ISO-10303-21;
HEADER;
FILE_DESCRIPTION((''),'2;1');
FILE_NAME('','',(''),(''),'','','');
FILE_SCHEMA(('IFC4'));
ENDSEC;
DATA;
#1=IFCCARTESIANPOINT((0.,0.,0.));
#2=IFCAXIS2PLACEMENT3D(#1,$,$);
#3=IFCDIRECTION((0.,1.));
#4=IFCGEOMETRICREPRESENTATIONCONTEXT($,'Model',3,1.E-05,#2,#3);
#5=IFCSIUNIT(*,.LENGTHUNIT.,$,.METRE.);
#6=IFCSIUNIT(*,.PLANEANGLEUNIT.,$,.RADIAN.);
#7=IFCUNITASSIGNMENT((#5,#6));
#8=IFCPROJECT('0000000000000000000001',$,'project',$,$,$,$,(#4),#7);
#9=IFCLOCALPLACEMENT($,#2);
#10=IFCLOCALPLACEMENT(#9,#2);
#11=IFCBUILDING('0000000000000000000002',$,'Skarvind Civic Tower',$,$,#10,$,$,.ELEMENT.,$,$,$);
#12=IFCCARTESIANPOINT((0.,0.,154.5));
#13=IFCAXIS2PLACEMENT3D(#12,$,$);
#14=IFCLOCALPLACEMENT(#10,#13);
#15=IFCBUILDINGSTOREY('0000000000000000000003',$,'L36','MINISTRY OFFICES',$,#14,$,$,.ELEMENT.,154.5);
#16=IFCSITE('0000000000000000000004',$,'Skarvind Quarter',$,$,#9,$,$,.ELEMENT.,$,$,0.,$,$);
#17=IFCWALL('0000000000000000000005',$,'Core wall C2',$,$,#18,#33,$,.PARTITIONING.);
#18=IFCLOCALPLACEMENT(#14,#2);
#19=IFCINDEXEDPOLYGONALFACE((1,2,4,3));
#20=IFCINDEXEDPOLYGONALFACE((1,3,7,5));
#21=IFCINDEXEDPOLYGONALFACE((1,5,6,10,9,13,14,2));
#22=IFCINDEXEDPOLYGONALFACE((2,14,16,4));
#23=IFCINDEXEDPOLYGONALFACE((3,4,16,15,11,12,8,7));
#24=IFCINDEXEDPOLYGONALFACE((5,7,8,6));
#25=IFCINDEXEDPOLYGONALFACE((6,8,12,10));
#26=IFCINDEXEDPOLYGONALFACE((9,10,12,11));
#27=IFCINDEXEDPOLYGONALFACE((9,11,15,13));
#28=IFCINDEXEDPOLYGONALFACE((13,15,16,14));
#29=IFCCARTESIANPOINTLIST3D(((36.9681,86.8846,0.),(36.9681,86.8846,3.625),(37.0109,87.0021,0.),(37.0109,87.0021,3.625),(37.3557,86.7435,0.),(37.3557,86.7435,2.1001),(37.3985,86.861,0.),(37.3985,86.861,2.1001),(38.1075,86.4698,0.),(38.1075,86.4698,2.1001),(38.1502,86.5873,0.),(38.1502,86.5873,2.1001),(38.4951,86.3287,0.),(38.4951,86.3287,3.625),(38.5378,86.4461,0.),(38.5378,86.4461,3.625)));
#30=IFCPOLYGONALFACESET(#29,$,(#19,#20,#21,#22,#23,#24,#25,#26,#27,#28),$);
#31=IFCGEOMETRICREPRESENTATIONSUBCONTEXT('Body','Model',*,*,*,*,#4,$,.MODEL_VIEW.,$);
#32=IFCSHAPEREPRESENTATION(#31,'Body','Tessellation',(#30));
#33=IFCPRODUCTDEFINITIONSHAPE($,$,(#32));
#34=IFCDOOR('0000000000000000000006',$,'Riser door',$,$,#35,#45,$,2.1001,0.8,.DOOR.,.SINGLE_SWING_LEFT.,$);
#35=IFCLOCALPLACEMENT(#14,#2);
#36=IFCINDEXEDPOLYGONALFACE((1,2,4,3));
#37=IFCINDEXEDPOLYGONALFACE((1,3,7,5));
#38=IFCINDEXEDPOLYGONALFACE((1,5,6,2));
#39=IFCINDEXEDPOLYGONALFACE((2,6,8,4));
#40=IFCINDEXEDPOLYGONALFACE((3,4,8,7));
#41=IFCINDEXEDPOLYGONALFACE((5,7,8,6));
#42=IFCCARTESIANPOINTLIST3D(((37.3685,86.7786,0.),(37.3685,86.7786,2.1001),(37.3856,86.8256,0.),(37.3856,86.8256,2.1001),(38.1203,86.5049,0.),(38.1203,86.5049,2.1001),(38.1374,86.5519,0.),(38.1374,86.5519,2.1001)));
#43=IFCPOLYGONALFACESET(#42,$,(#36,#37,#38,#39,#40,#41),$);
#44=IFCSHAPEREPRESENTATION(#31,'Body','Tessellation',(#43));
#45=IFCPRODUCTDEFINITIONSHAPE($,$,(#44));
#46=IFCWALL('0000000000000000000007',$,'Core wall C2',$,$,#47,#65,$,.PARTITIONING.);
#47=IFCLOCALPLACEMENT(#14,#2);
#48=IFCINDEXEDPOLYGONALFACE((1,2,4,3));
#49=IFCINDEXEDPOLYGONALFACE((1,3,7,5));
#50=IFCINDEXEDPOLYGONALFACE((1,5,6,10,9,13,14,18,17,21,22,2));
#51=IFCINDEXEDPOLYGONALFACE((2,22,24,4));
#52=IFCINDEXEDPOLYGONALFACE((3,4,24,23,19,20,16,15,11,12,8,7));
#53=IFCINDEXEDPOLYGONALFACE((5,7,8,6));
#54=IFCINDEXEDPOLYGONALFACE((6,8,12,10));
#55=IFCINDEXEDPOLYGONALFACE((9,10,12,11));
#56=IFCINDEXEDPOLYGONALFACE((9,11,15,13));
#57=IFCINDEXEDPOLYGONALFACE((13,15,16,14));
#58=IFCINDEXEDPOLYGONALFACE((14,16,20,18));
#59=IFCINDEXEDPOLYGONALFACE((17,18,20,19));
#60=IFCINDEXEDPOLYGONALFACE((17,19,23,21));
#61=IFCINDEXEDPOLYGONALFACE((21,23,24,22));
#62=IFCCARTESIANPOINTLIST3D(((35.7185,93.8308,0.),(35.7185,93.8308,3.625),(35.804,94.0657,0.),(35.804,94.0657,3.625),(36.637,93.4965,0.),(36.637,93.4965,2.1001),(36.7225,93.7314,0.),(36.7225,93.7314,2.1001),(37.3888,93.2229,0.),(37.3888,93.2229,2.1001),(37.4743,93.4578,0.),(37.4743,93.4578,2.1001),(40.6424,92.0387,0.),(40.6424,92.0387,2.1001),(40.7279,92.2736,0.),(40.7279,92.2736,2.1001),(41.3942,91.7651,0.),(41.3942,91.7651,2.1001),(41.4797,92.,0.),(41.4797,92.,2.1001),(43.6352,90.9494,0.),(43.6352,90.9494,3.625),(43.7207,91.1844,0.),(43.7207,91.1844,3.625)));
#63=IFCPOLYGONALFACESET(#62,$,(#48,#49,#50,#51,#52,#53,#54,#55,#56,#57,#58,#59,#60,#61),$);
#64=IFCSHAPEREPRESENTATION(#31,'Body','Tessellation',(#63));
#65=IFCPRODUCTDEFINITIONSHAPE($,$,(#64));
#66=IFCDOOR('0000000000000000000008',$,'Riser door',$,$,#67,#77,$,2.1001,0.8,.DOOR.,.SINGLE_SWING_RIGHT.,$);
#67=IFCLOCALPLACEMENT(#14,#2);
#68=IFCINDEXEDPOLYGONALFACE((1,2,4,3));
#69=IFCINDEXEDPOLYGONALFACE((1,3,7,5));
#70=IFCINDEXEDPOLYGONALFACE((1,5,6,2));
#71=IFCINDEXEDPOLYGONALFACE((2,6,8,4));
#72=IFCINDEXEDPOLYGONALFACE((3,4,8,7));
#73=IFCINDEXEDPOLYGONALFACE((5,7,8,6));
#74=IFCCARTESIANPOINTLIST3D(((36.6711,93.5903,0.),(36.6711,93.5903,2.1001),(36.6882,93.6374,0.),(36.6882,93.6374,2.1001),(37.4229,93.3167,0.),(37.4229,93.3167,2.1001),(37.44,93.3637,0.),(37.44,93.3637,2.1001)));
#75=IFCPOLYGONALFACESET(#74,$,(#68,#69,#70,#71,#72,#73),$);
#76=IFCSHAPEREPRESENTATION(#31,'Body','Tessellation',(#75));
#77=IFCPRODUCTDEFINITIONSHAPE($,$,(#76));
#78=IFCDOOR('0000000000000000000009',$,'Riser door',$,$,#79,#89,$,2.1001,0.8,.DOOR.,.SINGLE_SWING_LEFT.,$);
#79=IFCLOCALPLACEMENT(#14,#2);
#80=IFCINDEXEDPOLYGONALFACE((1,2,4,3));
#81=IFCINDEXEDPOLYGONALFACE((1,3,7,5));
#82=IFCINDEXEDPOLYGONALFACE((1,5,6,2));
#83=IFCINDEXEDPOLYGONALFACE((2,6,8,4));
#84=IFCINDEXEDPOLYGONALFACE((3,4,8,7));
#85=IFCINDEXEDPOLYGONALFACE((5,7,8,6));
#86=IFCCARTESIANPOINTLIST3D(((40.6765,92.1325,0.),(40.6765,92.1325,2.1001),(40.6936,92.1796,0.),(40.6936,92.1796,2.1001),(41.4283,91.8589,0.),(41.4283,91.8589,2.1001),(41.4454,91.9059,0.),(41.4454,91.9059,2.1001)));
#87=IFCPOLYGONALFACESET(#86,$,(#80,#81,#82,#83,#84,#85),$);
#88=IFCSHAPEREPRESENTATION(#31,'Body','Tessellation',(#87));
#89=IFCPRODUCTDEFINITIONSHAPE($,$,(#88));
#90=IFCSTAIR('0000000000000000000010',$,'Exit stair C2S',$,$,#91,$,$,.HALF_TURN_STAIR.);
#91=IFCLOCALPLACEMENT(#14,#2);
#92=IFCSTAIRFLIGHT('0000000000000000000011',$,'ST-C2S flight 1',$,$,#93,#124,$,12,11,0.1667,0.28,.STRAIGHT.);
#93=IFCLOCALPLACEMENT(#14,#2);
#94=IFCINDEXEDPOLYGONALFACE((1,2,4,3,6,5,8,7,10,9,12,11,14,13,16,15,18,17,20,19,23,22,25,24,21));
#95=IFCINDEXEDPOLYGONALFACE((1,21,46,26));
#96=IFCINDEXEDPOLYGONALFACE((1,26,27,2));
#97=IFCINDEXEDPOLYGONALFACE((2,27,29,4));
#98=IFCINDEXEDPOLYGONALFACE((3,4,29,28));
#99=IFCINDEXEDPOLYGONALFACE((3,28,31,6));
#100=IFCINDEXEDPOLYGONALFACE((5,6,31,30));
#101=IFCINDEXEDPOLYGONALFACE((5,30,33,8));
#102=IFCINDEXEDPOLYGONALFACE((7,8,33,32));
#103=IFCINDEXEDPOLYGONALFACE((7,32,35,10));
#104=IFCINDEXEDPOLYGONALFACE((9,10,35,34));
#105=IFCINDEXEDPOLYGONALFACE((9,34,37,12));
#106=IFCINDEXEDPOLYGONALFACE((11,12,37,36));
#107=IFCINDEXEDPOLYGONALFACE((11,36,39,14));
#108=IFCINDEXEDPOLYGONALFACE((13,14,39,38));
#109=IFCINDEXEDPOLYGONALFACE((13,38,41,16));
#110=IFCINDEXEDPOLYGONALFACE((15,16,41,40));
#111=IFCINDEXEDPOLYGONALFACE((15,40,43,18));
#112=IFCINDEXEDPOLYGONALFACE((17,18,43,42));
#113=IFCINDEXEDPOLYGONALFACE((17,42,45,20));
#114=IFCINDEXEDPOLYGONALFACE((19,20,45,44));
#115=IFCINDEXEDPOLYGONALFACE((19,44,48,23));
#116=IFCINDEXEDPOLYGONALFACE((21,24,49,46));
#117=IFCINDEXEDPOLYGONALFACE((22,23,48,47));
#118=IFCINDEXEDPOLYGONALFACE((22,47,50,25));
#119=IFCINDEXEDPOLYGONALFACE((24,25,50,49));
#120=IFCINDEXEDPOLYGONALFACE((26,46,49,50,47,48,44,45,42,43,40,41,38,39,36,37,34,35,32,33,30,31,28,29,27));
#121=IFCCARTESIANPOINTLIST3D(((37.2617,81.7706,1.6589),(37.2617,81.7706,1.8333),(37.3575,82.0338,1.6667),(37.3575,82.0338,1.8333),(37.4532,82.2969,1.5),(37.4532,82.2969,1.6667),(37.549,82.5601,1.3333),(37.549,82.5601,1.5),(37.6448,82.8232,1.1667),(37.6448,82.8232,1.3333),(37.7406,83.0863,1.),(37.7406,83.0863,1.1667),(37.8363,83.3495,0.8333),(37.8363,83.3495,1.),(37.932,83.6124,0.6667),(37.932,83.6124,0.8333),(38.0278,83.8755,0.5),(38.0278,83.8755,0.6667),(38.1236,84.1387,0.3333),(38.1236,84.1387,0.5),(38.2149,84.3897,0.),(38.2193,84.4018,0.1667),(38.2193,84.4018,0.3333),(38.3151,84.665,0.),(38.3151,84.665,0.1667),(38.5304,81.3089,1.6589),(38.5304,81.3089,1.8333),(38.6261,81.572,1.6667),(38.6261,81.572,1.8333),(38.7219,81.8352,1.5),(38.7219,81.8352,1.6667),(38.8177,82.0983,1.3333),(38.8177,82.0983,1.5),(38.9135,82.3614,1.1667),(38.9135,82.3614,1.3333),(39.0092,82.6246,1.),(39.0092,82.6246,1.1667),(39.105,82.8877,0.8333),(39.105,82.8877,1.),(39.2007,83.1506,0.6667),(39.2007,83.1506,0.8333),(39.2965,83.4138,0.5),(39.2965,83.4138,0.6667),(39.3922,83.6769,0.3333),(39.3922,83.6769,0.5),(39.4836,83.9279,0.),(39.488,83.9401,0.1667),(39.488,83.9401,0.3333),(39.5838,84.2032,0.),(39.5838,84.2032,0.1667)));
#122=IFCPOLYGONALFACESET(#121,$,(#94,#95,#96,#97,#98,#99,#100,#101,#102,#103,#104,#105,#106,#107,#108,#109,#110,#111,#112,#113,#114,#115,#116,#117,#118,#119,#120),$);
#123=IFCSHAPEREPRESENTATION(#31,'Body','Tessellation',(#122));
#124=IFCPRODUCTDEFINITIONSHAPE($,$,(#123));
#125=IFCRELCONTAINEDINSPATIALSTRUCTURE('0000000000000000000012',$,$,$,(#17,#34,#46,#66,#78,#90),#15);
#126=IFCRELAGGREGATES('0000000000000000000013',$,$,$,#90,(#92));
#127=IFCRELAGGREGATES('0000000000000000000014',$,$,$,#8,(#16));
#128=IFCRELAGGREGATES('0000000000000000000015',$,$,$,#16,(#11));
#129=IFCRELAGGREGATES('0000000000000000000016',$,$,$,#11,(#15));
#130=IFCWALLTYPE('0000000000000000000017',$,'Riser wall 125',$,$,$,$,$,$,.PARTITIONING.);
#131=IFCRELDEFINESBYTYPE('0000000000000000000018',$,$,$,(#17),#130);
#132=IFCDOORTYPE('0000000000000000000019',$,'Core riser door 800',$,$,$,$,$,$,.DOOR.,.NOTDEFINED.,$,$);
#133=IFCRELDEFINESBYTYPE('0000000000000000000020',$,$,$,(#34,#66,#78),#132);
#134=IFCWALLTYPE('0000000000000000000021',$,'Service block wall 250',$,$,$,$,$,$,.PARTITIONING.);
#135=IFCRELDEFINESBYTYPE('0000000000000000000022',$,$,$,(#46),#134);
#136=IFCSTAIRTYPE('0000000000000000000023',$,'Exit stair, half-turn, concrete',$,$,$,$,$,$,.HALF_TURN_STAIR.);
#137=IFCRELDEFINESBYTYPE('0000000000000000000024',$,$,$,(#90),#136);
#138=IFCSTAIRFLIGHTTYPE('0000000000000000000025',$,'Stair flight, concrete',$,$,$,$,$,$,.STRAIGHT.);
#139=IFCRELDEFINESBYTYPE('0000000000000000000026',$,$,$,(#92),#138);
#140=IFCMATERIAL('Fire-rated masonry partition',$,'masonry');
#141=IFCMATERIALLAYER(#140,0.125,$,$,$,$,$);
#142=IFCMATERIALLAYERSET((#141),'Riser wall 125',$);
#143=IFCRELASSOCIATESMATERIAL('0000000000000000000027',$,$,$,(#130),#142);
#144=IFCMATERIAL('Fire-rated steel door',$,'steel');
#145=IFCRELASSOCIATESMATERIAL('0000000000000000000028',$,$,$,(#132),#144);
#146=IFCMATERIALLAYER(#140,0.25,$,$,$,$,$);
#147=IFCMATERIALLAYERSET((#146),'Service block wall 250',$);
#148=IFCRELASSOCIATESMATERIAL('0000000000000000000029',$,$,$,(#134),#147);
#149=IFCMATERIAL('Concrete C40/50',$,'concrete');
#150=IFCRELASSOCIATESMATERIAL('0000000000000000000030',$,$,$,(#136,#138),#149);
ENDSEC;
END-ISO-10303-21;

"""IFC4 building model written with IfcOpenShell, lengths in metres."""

from ifc_helpers import new_model, si_unit, direction, frame, frame_2d, origin, place, context, subcontext, project, spatial, polyline, rectangle, outline, extrude, material, layer, layer_set, type_object, element, fill, aggregate, save


model = new_model("IFC4")

# Units and contexts
model_context = context("Model", 3, precision=1e-05, world=origin(), true_north=direction((0.0, 1.0)))
body_context = subcontext(model_context, "Body", "Model", "MODEL_VIEW")
ifc_project = project(units=[si_unit("LENGTHUNIT", "METRE"), si_unit("PLANEANGLEUNIT", "RADIAN")], contexts=[model_context])

# Site, building, storey
site_placement = place(None, origin())
site = spatial("IfcSite", under=ifc_project, at=site_placement, Name="Skarvind Quarter", CompositionType="ELEMENT", RefElevation=0.0)
building_placement = place(site_placement, origin())
building = spatial("IfcBuilding", under=site, at=building_placement, Name="Skarvind Civic Tower", CompositionType="ELEMENT")
storey_placement = place(building_placement, frame((0.0, 0.0, 154.5)))
storey = spatial("IfcBuildingStorey", under=building, at=storey_placement, Name="L36", Description="MINISTRY OFFICES", CompositionType="ELEMENT", Elevation=154.5)

# Shared definitions
ifc_material_1 = material(Name="Fire-rated masonry partition", Category="masonry")
ifc_material_2 = material(Name="Fire-rated steel door", Category="steel")

# Wall, opening, door
ifc_layer_1 = layer(ifc_material_1, 0.125)
ifc_layer_set_1 = layer_set([ifc_layer_1], Name="Riser wall 125")
wall_type_1 = type_object("IfcWallType", Name="Riser wall 125", PredefinedType="PARTITIONING", material=ifc_layer_set_1)
wall_1_placement = place(storey_placement, frame((36.9895, 86.9434, 0.0), z_axis=(0.0, 0.0, 1.0), x_axis=(0.939657, -0.342117, 0.0)))
wall_1 = element("IfcWall", 1, at=wall_1_placement, inside=storey, type_object=wall_type_1, Name="Core wall C2", PredefinedType="PARTITIONING", context=body_context, shape_type="SweptSolid", body=[
    extrude(rectangle(XDim=1.625, YDim=0.125, at=frame_2d((0.8125, 0.0))), origin(), (0.0, 0.0, 1.0), 3.625),
])
opening_1_placement = place(wall_1_placement, frame((0.4126, 0.0, 0.0)))
opening_1 = element("IfcOpeningElement", 2, at=opening_1_placement, cuts=wall_1, PredefinedType="OPENING", context=body_context, shape_type="SweptSolid", body=[
    extrude(rectangle(XDim=0.8, YDim=2.1001, at=frame_2d((0.3999, 1.05))), frame((0.0, 0.0725, 0.0), z_axis=(0.0, -1.0, 0.0), x_axis=(1.0, 0.0, 0.0)), (0.0, 0.0, 1.0), 0.145),
])
door_type_1 = type_object("IfcDoorType", Name="Core riser door 800", OperationType="NOTDEFINED", PredefinedType="DOOR", material=ifc_material_2)
door_1_placement = place(opening_1_placement, origin())
door_1 = element("IfcDoor", 3, at=door_1_placement, inside=storey, type_object=door_type_1, Name="Riser door", OperationType="SINGLE_SWING_LEFT", OverallHeight=2.1001, OverallWidth=0.8, PredefinedType="DOOR", context=body_context, shape_type="SweptSolid", body=[
    extrude(rectangle(XDim=0.8, YDim=2.1001, at=frame_2d((0.3999, 1.05))), frame((0.0, 0.0249, 0.0), z_axis=(0.0, -1.0, 0.0), x_axis=(1.0, 0.0, 0.0)), (0.0, 0.0, 1.0), 0.05),
])
fill(opening_1, door_1)

# Wall, openings, doors
ifc_layer_2 = layer(ifc_material_1, 0.25)
ifc_layer_set_2 = layer_set([ifc_layer_2], Name="Service block wall 250")
wall_type_2 = type_object("IfcWallType", Name="Service block wall 250", PredefinedType="PARTITIONING", material=ifc_layer_set_2)
wall_2_placement = place(storey_placement, frame((35.7612, 93.9482, 0.0), z_axis=(0.0, 0.0, 1.0), x_axis=(0.939697, -0.342008, 0.0)))
wall_2 = element("IfcWall", 4, at=wall_2_placement, inside=storey, type_object=wall_type_2, Name="Core wall C2", PredefinedType="PARTITIONING", context=body_context, shape_type="SweptSolid", body=[
    extrude(rectangle(XDim=8.4248, YDim=0.25, at=frame_2d((4.2124, 0.0))), origin(), (0.0, 0.0, 1.0), 3.625),
])
opening_2_placement = place(wall_2_placement, frame((0.9775, 0.0, 0.0)))
opening_2 = element("IfcOpeningElement", 5, at=opening_2_placement, cuts=wall_2, PredefinedType="OPENING", context=body_context, shape_type="SweptSolid", body=[
    extrude(rectangle(XDim=0.8, YDim=2.1001, at=frame_2d((0.3999, 1.05))), frame((0.0, 0.135, 0.0), z_axis=(0.0, -1.0, 0.0), x_axis=(1.0, 0.0, 0.0)), (0.0, 0.0, 1.0), 0.27),
])
opening_3_placement = place(wall_2_placement, frame((5.24, 0.0, 0.0)))
opening_3 = element("IfcOpeningElement", 6, at=opening_3_placement, cuts=wall_2, PredefinedType="OPENING", context=body_context, shape_type="SweptSolid", body=[
    extrude(rectangle(XDim=0.8, YDim=2.1001, at=frame_2d((0.3999, 1.05))), frame((0.0, 0.135, 0.0), z_axis=(0.0, -1.0, 0.0), x_axis=(1.0, 0.0, 0.0)), (0.0, 0.0, 1.0), 0.27),
])
door_2_placement = place(opening_2_placement, origin())
door_2 = element("IfcDoor", 7, at=door_2_placement, inside=storey, type_object=door_type_1, Name="Riser door", OperationType="SINGLE_SWING_RIGHT", OverallHeight=2.1001, OverallWidth=0.8, PredefinedType="DOOR", context=body_context, shape_type="SweptSolid", body=[
    extrude(rectangle(XDim=0.8, YDim=2.1001, at=frame_2d((0.3999, 1.05))), frame((0.0, 0.0249, 0.0), z_axis=(0.0, -1.0, 0.0), x_axis=(1.0, 0.0, 0.0)), (0.0, 0.0, 1.0), 0.05),
])
fill(opening_2, door_2)
door_3_placement = place(opening_3_placement, origin())
door_3 = element("IfcDoor", 8, at=door_3_placement, inside=storey, type_object=door_type_1, Name="Riser door", OperationType="SINGLE_SWING_LEFT", OverallHeight=2.1001, OverallWidth=0.8, PredefinedType="DOOR", context=body_context, shape_type="SweptSolid", body=[
    extrude(rectangle(XDim=0.8, YDim=2.1001, at=frame_2d((0.3999, 1.05))), frame((0.0, 0.0249, 0.0), z_axis=(0.0, -1.0, 0.0), x_axis=(1.0, 0.0, 0.0)), (0.0, 0.0, 1.0), 0.05),
])
fill(opening_3, door_3)

# Stair, stair flight
ifc_material_3 = material(Name="Concrete C40/50", Category="concrete")
stair_type = type_object("IfcStairType", Name="Exit stair, half-turn, concrete", PredefinedType="HALF_TURN_STAIR", material=ifc_material_3)
stair_placement = place(storey_placement, origin())
stair = element("IfcStair", 9, at=stair_placement, inside=storey, type_object=stair_type, Name="Exit stair C2S", PredefinedType="HALF_TURN_STAIR")
stair_flight_type = type_object("IfcStairFlightType", Name="Stair flight, concrete", PredefinedType="STRAIGHT", material=ifc_material_3)
stair_flight_placement = place(storey_placement, frame((38.9495, 84.4341, 0.0), z_axis=(0.0, 0.0, 1.0), x_axis=(-0.34202, -0.939693, 0.0)))
stair_flight = element("IfcStairFlight", 10, at=stair_flight_placement, type_object=stair_flight_type, Name="ST-C2S flight 1", NumberOfRisers=12, NumberOfTreads=11, PredefinedType="STRAIGHT", RiserHeight=0.1667, TreadLength=0.28, context=body_context, shape_type="SweptSolid", body=[
    extrude(outline(polyline([(0.0, 0.0), (0.0, 0.1667), (0.28, 0.1667), (0.28, 0.3333), (0.5601, 0.3333), (0.5601, 0.5), (0.8401, 0.5), (0.8401, 0.6667), (1.1201, 0.6667), (1.1201, 0.8333), (1.3999, 0.8333), (1.3999, 1.0), (1.6799, 1.0), (1.6799, 1.1667), (1.96, 1.1667), (1.96, 1.3333), (2.24, 1.3333), (2.24, 1.5), (2.52, 1.5), (2.52, 1.6667), (2.8, 1.6667), (2.8, 1.8333), (3.0801, 1.8333), (3.0801, 2.0), (3.0801, 1.6589), (0.293, 0.0), (0.0, 0.0)])), frame((0.0, 0.675, 0.0), z_axis=(0.0, -1.0, 0.0), x_axis=(1.0, 0.0, 0.0)), (0.0, 0.0, 1.0), 1.3501),
])
aggregate(stair, [stair_flight])

save(model, "model.ifc")
